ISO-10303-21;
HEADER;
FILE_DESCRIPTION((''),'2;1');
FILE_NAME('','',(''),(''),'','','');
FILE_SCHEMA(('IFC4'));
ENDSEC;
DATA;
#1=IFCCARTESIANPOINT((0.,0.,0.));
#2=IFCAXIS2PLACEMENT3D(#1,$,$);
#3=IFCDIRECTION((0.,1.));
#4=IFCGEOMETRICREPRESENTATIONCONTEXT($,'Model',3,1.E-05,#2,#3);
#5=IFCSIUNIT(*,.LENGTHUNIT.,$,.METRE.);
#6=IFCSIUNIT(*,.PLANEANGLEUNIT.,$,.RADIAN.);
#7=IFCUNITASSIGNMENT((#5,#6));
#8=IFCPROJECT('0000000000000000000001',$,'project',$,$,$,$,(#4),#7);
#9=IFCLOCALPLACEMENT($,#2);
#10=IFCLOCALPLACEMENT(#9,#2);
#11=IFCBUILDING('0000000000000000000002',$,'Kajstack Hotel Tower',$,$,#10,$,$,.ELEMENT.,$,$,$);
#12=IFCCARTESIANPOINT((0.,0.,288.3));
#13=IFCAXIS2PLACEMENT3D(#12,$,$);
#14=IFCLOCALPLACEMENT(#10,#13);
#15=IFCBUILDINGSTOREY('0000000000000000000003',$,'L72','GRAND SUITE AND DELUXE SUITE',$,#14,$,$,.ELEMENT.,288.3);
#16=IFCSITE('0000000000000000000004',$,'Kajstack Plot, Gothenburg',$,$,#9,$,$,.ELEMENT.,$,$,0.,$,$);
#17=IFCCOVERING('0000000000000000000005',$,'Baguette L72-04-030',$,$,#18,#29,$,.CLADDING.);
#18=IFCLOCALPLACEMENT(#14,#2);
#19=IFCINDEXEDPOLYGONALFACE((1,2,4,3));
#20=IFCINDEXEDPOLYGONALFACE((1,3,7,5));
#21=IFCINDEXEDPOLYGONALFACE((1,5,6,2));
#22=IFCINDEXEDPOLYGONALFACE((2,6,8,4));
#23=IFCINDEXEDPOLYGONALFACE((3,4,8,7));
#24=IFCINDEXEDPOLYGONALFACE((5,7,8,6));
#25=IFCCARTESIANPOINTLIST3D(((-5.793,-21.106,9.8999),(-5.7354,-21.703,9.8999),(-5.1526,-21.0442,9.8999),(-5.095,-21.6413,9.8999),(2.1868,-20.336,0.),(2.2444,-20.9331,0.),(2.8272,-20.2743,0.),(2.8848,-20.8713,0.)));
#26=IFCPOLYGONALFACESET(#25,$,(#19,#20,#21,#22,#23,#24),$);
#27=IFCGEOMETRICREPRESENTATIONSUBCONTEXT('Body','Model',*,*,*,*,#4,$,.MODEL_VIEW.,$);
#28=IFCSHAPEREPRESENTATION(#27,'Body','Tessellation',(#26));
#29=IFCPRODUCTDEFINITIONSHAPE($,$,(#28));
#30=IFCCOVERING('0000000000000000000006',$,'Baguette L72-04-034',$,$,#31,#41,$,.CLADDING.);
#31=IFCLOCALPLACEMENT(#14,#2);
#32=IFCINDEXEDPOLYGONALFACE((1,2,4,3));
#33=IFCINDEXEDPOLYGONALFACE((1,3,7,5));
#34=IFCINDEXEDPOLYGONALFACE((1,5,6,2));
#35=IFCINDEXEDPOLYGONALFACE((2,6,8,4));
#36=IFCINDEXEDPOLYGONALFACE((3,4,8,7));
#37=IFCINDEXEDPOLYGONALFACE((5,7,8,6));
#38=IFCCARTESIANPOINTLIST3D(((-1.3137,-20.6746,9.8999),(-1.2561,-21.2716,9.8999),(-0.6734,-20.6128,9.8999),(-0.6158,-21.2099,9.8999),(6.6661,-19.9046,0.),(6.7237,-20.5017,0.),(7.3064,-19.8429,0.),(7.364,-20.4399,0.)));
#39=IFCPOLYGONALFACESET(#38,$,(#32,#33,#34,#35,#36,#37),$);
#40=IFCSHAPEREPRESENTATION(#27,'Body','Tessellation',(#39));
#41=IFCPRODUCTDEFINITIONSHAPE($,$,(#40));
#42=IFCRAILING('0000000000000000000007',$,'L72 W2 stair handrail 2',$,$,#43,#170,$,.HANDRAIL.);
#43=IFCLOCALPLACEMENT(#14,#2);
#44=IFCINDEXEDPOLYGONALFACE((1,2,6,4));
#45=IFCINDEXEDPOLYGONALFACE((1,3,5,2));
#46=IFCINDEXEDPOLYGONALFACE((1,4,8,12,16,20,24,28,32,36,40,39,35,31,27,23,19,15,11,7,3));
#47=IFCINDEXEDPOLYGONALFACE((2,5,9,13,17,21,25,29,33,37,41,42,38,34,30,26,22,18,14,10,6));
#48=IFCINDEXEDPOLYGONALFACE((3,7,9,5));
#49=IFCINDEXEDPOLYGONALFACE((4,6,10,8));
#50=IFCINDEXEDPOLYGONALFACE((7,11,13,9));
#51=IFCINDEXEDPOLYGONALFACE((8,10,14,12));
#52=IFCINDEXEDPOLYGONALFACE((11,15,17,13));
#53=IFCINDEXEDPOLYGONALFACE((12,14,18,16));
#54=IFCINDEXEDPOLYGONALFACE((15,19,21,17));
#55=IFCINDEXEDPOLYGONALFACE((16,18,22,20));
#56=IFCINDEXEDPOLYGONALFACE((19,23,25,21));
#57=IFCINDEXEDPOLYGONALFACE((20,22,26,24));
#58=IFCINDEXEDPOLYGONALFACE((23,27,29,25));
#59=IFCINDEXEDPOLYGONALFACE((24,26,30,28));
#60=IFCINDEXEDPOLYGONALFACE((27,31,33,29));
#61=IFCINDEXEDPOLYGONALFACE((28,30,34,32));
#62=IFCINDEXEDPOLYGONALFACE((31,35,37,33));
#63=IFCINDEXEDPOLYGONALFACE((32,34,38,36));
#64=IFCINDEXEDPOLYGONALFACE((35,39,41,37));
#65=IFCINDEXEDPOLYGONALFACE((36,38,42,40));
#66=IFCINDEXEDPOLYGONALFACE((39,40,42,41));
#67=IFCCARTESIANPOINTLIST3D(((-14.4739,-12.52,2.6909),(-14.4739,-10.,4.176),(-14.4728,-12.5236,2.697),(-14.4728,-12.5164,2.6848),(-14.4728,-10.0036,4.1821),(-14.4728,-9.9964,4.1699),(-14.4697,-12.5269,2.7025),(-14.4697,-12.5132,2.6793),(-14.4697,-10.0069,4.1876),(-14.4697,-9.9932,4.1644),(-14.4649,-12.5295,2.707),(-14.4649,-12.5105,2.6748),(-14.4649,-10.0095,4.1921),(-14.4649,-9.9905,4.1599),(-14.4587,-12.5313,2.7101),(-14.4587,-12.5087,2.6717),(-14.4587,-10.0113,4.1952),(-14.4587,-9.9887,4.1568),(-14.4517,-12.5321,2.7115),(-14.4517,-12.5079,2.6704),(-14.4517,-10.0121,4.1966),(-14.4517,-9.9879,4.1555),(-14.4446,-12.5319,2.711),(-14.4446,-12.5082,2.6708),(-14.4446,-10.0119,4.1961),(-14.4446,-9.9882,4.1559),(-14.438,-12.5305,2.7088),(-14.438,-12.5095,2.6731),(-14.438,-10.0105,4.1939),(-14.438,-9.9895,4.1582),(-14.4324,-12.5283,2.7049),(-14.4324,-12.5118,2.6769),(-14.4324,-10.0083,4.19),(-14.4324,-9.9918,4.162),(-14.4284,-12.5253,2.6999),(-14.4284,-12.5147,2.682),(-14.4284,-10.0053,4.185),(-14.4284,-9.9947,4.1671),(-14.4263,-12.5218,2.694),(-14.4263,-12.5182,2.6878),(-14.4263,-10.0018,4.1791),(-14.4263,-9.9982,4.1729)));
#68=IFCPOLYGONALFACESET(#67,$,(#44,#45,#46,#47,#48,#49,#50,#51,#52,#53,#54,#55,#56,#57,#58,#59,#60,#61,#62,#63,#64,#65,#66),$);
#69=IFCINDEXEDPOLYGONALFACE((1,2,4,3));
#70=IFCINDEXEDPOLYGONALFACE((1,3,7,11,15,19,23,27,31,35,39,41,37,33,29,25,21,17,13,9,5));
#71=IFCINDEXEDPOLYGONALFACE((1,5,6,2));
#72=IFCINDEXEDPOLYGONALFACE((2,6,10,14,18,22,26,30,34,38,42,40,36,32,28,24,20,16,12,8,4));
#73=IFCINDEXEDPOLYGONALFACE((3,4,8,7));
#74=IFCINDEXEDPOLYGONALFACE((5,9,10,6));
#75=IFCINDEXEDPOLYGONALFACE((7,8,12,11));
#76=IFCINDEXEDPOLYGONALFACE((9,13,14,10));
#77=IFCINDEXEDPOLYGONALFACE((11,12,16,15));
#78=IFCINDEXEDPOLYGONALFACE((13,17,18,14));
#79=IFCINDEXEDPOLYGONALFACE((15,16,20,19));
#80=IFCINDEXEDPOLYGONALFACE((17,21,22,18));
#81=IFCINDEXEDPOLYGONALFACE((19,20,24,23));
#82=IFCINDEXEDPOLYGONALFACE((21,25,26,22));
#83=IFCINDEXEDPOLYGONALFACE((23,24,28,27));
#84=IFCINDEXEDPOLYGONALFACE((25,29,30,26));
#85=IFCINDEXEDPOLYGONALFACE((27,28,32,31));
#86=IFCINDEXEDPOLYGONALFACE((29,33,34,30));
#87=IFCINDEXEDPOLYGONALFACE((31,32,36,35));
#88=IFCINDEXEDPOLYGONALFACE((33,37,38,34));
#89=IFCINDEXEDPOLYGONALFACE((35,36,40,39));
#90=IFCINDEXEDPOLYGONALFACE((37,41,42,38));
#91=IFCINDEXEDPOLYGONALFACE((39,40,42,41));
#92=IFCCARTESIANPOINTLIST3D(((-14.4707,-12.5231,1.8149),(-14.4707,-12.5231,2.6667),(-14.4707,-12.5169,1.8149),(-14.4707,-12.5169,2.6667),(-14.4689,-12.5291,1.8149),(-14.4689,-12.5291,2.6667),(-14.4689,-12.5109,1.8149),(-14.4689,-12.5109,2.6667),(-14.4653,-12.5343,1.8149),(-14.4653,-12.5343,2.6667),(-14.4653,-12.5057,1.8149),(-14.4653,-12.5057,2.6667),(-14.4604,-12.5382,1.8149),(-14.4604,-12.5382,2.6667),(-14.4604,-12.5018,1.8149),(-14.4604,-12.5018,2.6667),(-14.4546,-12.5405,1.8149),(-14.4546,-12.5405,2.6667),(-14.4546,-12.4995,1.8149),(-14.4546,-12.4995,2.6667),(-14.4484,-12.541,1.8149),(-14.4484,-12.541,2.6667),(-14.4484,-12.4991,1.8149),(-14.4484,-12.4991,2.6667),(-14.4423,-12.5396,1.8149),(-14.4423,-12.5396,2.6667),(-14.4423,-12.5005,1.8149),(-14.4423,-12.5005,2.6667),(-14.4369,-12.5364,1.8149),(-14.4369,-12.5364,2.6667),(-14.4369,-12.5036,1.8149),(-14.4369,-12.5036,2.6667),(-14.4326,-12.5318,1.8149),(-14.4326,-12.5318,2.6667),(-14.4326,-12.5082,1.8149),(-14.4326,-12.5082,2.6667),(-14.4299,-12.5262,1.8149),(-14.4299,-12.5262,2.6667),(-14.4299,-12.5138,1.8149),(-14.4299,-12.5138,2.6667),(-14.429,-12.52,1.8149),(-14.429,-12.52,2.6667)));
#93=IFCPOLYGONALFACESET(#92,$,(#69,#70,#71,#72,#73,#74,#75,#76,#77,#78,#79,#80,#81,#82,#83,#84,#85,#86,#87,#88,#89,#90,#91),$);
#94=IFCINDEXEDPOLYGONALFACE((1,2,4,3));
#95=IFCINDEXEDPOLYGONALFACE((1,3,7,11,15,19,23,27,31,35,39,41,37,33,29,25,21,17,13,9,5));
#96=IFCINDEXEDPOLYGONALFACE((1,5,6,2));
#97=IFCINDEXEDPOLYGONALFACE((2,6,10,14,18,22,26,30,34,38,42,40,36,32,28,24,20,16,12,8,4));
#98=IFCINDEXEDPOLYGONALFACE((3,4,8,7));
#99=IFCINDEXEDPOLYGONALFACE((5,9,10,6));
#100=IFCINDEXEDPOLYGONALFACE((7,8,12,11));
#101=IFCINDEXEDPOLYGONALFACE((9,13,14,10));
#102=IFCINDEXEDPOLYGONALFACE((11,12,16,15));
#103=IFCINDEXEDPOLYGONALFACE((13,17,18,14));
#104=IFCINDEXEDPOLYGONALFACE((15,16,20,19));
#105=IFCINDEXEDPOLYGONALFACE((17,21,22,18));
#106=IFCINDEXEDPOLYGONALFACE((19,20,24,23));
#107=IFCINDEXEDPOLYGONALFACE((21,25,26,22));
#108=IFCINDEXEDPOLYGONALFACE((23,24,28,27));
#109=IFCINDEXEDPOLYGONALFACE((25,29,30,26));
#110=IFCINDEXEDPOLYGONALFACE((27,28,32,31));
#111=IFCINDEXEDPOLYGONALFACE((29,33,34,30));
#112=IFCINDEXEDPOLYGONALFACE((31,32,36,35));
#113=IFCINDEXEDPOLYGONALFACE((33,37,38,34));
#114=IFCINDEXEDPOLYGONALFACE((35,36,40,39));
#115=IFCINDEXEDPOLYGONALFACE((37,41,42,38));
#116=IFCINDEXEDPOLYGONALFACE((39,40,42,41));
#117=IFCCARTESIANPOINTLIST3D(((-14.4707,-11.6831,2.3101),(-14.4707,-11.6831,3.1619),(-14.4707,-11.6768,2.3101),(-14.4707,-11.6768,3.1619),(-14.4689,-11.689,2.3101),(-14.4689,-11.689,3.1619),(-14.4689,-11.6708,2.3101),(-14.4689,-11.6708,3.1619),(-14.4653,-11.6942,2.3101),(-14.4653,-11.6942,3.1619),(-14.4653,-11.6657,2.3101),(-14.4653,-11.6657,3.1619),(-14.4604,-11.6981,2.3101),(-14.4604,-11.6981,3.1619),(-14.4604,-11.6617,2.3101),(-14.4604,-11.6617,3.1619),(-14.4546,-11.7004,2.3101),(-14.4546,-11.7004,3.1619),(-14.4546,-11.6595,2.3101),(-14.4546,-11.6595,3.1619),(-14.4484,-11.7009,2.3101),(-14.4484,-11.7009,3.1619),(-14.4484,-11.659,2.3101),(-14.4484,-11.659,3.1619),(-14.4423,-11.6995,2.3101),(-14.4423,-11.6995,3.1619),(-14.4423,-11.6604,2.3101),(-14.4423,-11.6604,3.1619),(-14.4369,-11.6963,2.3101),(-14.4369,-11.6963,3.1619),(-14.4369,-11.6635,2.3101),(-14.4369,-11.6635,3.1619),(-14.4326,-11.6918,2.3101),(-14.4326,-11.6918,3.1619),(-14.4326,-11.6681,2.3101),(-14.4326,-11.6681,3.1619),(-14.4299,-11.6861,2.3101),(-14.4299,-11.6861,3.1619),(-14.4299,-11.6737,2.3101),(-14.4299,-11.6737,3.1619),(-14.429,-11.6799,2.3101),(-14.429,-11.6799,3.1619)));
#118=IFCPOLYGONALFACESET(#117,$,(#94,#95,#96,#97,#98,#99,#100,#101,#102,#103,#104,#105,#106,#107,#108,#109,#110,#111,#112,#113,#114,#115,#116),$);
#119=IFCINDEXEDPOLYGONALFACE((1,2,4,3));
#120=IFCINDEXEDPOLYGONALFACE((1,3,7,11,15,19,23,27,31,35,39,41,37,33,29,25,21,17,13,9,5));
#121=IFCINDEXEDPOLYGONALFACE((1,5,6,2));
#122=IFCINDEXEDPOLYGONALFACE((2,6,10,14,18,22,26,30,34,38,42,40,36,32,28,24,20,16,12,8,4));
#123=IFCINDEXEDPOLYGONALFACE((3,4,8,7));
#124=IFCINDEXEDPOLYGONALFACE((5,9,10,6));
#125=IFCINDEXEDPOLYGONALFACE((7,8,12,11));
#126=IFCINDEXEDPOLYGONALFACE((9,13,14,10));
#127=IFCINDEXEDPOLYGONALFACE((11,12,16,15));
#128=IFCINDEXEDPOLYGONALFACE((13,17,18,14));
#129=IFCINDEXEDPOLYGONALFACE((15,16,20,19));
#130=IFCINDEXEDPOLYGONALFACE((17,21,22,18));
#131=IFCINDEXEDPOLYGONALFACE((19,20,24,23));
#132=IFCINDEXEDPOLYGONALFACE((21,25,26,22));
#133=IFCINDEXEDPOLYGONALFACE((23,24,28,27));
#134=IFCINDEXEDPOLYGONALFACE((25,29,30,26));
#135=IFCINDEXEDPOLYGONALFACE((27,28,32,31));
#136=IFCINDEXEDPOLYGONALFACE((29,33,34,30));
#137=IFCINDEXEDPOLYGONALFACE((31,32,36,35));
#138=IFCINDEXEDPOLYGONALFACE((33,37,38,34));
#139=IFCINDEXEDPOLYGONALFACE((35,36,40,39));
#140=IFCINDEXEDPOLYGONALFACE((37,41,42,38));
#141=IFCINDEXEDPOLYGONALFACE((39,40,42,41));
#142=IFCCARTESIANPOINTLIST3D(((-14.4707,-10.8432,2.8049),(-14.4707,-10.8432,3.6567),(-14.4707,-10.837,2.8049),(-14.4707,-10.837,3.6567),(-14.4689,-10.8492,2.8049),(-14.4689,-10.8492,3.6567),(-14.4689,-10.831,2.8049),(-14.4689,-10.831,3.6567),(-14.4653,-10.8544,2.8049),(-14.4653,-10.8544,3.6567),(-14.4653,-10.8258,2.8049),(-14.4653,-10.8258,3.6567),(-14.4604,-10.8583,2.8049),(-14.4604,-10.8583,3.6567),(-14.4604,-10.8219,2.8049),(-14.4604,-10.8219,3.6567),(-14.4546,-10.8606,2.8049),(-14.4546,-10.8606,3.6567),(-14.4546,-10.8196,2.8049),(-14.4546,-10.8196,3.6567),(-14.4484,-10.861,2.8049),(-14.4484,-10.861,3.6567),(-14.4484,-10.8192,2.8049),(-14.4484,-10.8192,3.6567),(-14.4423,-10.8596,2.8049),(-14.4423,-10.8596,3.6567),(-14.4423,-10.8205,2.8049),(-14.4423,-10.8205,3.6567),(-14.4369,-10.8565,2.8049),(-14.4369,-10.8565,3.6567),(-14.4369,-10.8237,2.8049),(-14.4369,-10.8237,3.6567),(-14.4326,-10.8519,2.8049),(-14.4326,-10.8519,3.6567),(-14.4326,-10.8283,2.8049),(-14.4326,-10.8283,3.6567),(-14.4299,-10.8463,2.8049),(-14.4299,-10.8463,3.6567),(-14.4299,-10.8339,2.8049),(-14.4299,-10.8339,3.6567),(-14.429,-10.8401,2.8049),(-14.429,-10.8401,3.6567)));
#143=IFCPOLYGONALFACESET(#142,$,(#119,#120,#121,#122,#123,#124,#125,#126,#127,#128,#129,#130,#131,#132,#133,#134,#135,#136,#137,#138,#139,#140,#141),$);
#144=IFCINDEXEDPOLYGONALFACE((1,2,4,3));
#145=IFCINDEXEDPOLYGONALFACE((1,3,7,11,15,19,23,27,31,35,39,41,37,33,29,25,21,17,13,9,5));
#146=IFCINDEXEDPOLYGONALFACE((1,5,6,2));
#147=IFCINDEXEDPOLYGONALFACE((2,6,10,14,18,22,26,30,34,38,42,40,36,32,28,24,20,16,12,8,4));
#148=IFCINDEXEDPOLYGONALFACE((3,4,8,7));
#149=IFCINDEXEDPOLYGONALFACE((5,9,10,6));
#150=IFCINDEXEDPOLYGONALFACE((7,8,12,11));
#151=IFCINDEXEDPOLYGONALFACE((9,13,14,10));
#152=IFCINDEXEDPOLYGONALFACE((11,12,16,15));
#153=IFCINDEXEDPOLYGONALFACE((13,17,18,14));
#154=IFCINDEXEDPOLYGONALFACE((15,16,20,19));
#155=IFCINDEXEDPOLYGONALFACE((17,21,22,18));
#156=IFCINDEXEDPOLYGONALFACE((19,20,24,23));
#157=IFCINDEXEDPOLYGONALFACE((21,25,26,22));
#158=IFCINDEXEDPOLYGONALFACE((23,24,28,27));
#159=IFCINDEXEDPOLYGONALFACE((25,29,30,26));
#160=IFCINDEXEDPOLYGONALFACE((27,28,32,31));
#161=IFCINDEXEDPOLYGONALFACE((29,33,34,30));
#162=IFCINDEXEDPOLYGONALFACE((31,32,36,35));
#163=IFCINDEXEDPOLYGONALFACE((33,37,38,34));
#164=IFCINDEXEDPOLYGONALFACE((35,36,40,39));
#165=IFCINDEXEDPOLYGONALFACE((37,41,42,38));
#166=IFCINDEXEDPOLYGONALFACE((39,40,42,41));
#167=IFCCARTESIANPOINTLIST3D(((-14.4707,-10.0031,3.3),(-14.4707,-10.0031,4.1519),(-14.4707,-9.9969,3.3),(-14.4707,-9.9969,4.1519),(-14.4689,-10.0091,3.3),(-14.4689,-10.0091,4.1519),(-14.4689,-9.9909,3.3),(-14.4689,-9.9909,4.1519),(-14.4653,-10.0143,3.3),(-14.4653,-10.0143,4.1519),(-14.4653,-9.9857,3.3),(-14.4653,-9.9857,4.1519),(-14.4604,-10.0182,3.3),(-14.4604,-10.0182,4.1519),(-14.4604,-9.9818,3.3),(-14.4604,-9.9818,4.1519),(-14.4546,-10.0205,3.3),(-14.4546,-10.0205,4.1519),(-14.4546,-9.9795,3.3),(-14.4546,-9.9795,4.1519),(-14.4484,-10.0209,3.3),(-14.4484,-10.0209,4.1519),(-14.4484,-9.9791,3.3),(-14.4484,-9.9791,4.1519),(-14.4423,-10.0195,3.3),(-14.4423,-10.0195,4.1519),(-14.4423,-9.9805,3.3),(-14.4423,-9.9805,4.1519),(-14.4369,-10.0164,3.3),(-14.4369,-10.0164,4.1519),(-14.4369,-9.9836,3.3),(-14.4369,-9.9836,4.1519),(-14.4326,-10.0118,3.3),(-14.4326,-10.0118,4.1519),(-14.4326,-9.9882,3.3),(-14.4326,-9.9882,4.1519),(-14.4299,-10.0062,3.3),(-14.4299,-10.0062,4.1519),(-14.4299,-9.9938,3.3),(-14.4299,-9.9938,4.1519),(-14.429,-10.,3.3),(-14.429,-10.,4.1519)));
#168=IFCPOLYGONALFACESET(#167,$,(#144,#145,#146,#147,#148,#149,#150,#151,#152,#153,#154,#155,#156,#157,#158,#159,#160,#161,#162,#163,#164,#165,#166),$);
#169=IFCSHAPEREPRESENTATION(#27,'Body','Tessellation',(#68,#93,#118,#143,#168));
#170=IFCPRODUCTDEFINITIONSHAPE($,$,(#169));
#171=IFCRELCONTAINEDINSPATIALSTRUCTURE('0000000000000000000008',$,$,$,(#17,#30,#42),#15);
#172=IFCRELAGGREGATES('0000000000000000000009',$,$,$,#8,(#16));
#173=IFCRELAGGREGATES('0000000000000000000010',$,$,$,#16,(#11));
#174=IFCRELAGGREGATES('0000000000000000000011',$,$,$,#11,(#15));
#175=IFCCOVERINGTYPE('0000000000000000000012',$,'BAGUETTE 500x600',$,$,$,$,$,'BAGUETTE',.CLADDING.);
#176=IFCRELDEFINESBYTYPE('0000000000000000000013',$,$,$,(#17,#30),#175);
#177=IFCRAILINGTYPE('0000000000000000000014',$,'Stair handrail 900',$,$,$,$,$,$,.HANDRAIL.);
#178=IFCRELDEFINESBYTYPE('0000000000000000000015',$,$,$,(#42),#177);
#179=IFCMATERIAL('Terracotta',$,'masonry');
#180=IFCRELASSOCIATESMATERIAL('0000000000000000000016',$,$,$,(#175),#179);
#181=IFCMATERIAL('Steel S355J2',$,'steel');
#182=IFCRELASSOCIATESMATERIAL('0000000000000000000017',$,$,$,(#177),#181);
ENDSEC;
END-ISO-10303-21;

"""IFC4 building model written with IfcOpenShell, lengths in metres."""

from ifc_helpers import new_model, si_unit, direction, frame, origin, origin_2d, place, context, subcontext, project, spatial, polyline, rectangle, circle, outline, extrude, material, material_profile, profile_set, type_object, element, save


model = new_model("IFC4")

# Units and contexts
model_context = context("Model", 3, precision=1e-05, world=origin(), true_north=direction((0.0, 1.0)))
body_context = subcontext(model_context, "Body", "Model", "MODEL_VIEW")
ifc_project = project(units=[si_unit("LENGTHUNIT", "METRE"), si_unit("PLANEANGLEUNIT", "RADIAN")], contexts=[model_context])

# Site, building, storey
site_placement = place(None, origin())
site = spatial("IfcSite", under=ifc_project, at=site_placement, Name="Kajstack Plot, Gothenburg", CompositionType="ELEMENT", RefElevation=0.0)
building_placement = place(site_placement, origin())
building = spatial("IfcBuilding", under=site, at=building_placement, Name="Kajstack Hotel Tower", CompositionType="ELEMENT")
storey_placement = place(building_placement, frame((0.0, 0.0, 288.3)))
storey = spatial("IfcBuildingStorey", under=building, at=storey_placement, Name="L72", Description="GRAND SUITE AND DELUXE SUITE", CompositionType="ELEMENT", Elevation=288.3)

# Coverings
ifc_material_1 = material(Name="Terracotta", Category="masonry")
ifc_material_profile = material_profile(ifc_material_1, rectangle(XDim=0.6001, YDim=0.5, at=origin_2d()), Name="Terracotta-clad concrete baguette 500 x 600")
ifc_profile_set = profile_set([ifc_material_profile], Name="Terracotta")
covering_type = type_object("IfcCoveringType", Name="BAGUETTE 500x600", ElementType="BAGUETTE", PredefinedType="CLADDING", material=ifc_profile_set)
for number, where, z_axis, x_axis, name in (
    (1, (-5.793, -21.106, 0.0), (0.096038, -0.995378, 0.0), (0.995378, 0.096038, 0.0), "Baguette L72-04-030"),
    (2, (-1.3137, -20.6746, 0.0), (0.096038, -0.995378, 0.0), (0.995378, 0.096038, 0.0), "Baguette L72-04-034"),
):
    element("IfcCovering", number, at=place(storey_placement, frame(where, z_axis=z_axis, x_axis=x_axis)), inside=storey, type_object=covering_type, Name=name, PredefinedType="CLADDING", context=body_context, shape_type="SweptSolid", body=[
        extrude(outline(polyline([(0.0, 9.8999), (8.0168, 0.0), (8.6602, 0.0), (0.6433, 9.8999), (0.0, 9.8999)])), origin(), (0.0, 0.0, 1.0), 0.5999),
    ])

# Railing
ifc_material_2 = material(Name="Steel S355J2", Category="steel")
railing_type = type_object("IfcRailingType", Name="Stair handrail 900", PredefinedType="HANDRAIL", material=ifc_material_2)
railing_placement = place(storey_placement, frame((-14.45, -12.52, 1.8149)))
element("IfcRailing", 3, at=railing_placement, inside=storey, type_object=railing_type, Name="L72 W2 stair handrail 2", PredefinedType="HANDRAIL", context=body_context, shape_type="SweptSolid", body=[
    extrude(circle(Radius=0.0239, at=origin_2d()), frame((0.0, 0.0, 0.876), z_axis=(0.0, 0.861524, 0.507717), x_axis=(-1.0, 0.0, 0.0)), (0.0, 0.0, 1.0), 2.925),
    extrude(circle(Radius=0.021, at=origin_2d()), origin(), (0.0, 0.0, 1.0), 0.8518),
    extrude(circle(Radius=0.021, at=origin_2d()), frame((0.0, 0.8401, 0.4951)), (0.0, 0.0, 1.0), 0.8518),
    extrude(circle(Radius=0.021, at=origin_2d()), frame((0.0, 1.6799, 0.99)), (0.0, 0.0, 1.0), 0.8518),
    extrude(circle(Radius=0.021, at=origin_2d()), frame((0.0, 2.52, 1.4851)), (0.0, 0.0, 1.0), 0.8518),
])

save(model, "model.ifc")
